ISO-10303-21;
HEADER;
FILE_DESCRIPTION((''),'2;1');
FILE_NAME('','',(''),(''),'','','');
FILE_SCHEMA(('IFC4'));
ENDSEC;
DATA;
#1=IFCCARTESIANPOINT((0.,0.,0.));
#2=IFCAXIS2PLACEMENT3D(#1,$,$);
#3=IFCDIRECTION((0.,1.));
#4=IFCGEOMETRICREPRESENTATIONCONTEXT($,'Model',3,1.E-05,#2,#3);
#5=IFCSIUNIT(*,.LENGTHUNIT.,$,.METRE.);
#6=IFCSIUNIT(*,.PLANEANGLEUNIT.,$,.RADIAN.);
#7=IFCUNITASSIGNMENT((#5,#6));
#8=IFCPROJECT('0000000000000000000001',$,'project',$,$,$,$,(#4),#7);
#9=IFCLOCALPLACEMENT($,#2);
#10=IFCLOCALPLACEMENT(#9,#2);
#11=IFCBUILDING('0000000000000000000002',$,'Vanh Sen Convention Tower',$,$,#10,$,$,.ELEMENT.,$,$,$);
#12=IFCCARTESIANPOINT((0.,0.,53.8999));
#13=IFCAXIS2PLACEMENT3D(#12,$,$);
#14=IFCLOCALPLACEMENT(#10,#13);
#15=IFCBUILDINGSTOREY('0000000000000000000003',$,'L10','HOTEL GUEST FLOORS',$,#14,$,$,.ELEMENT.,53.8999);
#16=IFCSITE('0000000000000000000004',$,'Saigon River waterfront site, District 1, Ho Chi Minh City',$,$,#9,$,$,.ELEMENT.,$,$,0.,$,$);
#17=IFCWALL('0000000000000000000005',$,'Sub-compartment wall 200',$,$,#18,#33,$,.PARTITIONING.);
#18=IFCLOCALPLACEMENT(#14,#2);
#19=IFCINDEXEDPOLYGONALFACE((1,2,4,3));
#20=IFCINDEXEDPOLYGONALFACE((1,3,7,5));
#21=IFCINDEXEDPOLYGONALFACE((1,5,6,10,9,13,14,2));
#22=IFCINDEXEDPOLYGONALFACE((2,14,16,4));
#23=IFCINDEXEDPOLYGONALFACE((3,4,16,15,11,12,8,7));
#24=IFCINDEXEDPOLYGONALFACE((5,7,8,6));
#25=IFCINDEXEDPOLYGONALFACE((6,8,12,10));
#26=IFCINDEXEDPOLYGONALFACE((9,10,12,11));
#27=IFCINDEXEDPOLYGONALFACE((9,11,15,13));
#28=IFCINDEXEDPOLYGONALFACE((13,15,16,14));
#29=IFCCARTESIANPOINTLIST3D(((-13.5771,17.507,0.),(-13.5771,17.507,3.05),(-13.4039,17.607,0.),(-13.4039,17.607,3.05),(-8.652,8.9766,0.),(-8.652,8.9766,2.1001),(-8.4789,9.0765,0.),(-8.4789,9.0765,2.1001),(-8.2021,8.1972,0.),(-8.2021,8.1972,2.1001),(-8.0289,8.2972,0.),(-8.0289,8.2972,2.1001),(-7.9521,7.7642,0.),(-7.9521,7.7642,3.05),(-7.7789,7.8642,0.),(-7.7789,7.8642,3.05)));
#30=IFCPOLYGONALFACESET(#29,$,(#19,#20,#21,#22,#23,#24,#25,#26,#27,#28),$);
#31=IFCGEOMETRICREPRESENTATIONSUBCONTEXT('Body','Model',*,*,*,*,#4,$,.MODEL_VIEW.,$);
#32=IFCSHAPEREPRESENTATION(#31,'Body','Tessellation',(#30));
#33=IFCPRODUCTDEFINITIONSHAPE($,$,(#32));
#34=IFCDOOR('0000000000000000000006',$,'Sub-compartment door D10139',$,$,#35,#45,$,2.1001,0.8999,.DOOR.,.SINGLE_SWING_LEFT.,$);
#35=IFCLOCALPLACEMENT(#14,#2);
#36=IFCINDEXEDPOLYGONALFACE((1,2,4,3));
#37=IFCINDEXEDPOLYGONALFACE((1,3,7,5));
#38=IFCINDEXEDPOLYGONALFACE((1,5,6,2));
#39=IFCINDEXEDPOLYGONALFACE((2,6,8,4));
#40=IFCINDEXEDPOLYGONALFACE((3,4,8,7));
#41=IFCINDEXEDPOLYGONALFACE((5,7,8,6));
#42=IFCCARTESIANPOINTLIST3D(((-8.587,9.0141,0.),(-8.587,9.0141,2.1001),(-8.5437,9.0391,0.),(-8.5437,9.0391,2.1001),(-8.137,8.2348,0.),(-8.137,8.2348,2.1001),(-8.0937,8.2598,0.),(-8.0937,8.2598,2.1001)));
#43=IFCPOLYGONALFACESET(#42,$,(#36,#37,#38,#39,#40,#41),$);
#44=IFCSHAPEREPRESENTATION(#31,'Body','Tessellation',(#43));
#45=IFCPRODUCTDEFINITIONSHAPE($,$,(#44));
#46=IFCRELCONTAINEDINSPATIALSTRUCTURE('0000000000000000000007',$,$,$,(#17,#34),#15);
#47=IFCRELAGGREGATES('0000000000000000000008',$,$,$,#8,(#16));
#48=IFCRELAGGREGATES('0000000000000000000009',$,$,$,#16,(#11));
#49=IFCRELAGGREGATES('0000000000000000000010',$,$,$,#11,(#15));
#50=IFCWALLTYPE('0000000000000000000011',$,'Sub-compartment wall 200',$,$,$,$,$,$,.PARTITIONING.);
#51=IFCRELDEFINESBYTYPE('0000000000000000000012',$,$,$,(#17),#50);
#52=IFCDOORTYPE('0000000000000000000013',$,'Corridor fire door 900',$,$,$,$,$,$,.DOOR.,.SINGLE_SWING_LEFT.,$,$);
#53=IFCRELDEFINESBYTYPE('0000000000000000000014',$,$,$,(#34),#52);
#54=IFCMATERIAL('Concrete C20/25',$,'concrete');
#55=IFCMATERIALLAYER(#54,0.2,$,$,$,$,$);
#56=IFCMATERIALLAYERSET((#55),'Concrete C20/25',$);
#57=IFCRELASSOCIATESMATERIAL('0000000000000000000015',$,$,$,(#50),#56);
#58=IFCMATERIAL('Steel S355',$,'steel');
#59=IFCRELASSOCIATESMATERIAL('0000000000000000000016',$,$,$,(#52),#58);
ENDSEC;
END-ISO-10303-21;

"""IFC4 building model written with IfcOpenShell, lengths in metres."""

from ifc_helpers import new_model, si_unit, direction, frame, frame_2d, origin, place, context, subcontext, project, spatial, rectangle, extrude, material, layer, layer_set, type_object, element, fill, save


model = new_model("IFC4")

# Units and contexts
model_context = context("Model", 3, precision=1e-05, world=origin(), true_north=direction((0.0, 1.0)))
body_context = subcontext(model_context, "Body", "Model", "MODEL_VIEW")
ifc_project = project(units=[si_unit("LENGTHUNIT", "METRE"), si_unit("PLANEANGLEUNIT", "RADIAN")], contexts=[model_context])

# Site, building, storey
site_placement = place(None, origin())
site = spatial("IfcSite", under=ifc_project, at=site_placement, Name="Saigon River waterfront site, District 1, Ho Chi Minh City", CompositionType="ELEMENT", RefElevation=0.0)
building_placement = place(site_placement, origin())
building = spatial("IfcBuilding", under=site, at=building_placement, Name="Vanh Sen Convention Tower", CompositionType="ELEMENT")
storey_placement = place(building_placement, frame((0.0, 0.0, 53.8999)))
storey = spatial("IfcBuildingStorey", under=building, at=storey_placement, Name="L10", Description="HOTEL GUEST FLOORS", CompositionType="ELEMENT", Elevation=53.8999)

# Wall, opening, door
ifc_material_1 = material(Name="Concrete C20/25", Category="concrete")
ifc_layer_1 = layer(ifc_material_1, 0.2)
ifc_layer_set_1 = layer_set([ifc_layer_1], Name="Concrete C20/25")
wall_type_1 = type_object("IfcWallType", Name="Sub-compartment wall 200", PredefinedType="PARTITIONING", material=ifc_layer_set_1)
wall_1_placement = place(storey_placement, frame((-7.8655, 7.8142, 0.0), z_axis=(0.0, 0.0, 1.0), x_axis=(-0.500004, 0.866023, 0.0)))
wall_1 = element("IfcWall", 1, at=wall_1_placement, inside=storey, type_object=wall_type_1, Name="Sub-compartment wall 200", PredefinedType="PARTITIONING", context=body_context, shape_type="SweptSolid", body=[
    extrude(rectangle(XDim=11.25, YDim=0.2, at=frame_2d((5.625, 0.0))), origin(), (0.0, 0.0, 1.0), 3.05),
])
opening_1_placement = place(wall_1_placement, frame((0.5, 0.0, 0.0)))
opening_1 = element("IfcOpeningElement", 2, at=opening_1_placement, cuts=wall_1, PredefinedType="OPENING", context=body_context, shape_type="SweptSolid", body=[
    extrude(rectangle(XDim=0.8999, YDim=2.1001, at=frame_2d((0.45, 1.05))), frame((0.0, 0.1099, 0.0), z_axis=(0.0, -1.0, 0.0), x_axis=(1.0, 0.0, 0.0)), (0.0, 0.0, 1.0), 0.22),
])
ifc_material_2 = material(Name="Steel S355", Category="steel")
door_type_1 = type_object("IfcDoorType", Name="Corridor fire door 900", OperationType="SINGLE_SWING_LEFT", PredefinedType="DOOR", material=ifc_material_2)
door_1_placement = place(opening_1_placement, origin())
door_1 = element("IfcDoor", 3, at=door_1_placement, inside=storey, type_object=door_type_1, Name="Sub-compartment door D10139", OperationType="SINGLE_SWING_LEFT", OverallHeight=2.1001, OverallWidth=0.8999, PredefinedType="DOOR", context=body_context, shape_type="SweptSolid", body=[
    extrude(rectangle(XDim=0.8999, YDim=2.1001, at=frame_2d((0.45, 1.05))), frame((0.0, 0.0249, 0.0), z_axis=(0.0, -1.0, 0.0), x_axis=(1.0, 0.0, 0.0)), (0.0, 0.0, 1.0), 0.05),
])
fill(opening_1, door_1)

save(model, "model.ifc")
